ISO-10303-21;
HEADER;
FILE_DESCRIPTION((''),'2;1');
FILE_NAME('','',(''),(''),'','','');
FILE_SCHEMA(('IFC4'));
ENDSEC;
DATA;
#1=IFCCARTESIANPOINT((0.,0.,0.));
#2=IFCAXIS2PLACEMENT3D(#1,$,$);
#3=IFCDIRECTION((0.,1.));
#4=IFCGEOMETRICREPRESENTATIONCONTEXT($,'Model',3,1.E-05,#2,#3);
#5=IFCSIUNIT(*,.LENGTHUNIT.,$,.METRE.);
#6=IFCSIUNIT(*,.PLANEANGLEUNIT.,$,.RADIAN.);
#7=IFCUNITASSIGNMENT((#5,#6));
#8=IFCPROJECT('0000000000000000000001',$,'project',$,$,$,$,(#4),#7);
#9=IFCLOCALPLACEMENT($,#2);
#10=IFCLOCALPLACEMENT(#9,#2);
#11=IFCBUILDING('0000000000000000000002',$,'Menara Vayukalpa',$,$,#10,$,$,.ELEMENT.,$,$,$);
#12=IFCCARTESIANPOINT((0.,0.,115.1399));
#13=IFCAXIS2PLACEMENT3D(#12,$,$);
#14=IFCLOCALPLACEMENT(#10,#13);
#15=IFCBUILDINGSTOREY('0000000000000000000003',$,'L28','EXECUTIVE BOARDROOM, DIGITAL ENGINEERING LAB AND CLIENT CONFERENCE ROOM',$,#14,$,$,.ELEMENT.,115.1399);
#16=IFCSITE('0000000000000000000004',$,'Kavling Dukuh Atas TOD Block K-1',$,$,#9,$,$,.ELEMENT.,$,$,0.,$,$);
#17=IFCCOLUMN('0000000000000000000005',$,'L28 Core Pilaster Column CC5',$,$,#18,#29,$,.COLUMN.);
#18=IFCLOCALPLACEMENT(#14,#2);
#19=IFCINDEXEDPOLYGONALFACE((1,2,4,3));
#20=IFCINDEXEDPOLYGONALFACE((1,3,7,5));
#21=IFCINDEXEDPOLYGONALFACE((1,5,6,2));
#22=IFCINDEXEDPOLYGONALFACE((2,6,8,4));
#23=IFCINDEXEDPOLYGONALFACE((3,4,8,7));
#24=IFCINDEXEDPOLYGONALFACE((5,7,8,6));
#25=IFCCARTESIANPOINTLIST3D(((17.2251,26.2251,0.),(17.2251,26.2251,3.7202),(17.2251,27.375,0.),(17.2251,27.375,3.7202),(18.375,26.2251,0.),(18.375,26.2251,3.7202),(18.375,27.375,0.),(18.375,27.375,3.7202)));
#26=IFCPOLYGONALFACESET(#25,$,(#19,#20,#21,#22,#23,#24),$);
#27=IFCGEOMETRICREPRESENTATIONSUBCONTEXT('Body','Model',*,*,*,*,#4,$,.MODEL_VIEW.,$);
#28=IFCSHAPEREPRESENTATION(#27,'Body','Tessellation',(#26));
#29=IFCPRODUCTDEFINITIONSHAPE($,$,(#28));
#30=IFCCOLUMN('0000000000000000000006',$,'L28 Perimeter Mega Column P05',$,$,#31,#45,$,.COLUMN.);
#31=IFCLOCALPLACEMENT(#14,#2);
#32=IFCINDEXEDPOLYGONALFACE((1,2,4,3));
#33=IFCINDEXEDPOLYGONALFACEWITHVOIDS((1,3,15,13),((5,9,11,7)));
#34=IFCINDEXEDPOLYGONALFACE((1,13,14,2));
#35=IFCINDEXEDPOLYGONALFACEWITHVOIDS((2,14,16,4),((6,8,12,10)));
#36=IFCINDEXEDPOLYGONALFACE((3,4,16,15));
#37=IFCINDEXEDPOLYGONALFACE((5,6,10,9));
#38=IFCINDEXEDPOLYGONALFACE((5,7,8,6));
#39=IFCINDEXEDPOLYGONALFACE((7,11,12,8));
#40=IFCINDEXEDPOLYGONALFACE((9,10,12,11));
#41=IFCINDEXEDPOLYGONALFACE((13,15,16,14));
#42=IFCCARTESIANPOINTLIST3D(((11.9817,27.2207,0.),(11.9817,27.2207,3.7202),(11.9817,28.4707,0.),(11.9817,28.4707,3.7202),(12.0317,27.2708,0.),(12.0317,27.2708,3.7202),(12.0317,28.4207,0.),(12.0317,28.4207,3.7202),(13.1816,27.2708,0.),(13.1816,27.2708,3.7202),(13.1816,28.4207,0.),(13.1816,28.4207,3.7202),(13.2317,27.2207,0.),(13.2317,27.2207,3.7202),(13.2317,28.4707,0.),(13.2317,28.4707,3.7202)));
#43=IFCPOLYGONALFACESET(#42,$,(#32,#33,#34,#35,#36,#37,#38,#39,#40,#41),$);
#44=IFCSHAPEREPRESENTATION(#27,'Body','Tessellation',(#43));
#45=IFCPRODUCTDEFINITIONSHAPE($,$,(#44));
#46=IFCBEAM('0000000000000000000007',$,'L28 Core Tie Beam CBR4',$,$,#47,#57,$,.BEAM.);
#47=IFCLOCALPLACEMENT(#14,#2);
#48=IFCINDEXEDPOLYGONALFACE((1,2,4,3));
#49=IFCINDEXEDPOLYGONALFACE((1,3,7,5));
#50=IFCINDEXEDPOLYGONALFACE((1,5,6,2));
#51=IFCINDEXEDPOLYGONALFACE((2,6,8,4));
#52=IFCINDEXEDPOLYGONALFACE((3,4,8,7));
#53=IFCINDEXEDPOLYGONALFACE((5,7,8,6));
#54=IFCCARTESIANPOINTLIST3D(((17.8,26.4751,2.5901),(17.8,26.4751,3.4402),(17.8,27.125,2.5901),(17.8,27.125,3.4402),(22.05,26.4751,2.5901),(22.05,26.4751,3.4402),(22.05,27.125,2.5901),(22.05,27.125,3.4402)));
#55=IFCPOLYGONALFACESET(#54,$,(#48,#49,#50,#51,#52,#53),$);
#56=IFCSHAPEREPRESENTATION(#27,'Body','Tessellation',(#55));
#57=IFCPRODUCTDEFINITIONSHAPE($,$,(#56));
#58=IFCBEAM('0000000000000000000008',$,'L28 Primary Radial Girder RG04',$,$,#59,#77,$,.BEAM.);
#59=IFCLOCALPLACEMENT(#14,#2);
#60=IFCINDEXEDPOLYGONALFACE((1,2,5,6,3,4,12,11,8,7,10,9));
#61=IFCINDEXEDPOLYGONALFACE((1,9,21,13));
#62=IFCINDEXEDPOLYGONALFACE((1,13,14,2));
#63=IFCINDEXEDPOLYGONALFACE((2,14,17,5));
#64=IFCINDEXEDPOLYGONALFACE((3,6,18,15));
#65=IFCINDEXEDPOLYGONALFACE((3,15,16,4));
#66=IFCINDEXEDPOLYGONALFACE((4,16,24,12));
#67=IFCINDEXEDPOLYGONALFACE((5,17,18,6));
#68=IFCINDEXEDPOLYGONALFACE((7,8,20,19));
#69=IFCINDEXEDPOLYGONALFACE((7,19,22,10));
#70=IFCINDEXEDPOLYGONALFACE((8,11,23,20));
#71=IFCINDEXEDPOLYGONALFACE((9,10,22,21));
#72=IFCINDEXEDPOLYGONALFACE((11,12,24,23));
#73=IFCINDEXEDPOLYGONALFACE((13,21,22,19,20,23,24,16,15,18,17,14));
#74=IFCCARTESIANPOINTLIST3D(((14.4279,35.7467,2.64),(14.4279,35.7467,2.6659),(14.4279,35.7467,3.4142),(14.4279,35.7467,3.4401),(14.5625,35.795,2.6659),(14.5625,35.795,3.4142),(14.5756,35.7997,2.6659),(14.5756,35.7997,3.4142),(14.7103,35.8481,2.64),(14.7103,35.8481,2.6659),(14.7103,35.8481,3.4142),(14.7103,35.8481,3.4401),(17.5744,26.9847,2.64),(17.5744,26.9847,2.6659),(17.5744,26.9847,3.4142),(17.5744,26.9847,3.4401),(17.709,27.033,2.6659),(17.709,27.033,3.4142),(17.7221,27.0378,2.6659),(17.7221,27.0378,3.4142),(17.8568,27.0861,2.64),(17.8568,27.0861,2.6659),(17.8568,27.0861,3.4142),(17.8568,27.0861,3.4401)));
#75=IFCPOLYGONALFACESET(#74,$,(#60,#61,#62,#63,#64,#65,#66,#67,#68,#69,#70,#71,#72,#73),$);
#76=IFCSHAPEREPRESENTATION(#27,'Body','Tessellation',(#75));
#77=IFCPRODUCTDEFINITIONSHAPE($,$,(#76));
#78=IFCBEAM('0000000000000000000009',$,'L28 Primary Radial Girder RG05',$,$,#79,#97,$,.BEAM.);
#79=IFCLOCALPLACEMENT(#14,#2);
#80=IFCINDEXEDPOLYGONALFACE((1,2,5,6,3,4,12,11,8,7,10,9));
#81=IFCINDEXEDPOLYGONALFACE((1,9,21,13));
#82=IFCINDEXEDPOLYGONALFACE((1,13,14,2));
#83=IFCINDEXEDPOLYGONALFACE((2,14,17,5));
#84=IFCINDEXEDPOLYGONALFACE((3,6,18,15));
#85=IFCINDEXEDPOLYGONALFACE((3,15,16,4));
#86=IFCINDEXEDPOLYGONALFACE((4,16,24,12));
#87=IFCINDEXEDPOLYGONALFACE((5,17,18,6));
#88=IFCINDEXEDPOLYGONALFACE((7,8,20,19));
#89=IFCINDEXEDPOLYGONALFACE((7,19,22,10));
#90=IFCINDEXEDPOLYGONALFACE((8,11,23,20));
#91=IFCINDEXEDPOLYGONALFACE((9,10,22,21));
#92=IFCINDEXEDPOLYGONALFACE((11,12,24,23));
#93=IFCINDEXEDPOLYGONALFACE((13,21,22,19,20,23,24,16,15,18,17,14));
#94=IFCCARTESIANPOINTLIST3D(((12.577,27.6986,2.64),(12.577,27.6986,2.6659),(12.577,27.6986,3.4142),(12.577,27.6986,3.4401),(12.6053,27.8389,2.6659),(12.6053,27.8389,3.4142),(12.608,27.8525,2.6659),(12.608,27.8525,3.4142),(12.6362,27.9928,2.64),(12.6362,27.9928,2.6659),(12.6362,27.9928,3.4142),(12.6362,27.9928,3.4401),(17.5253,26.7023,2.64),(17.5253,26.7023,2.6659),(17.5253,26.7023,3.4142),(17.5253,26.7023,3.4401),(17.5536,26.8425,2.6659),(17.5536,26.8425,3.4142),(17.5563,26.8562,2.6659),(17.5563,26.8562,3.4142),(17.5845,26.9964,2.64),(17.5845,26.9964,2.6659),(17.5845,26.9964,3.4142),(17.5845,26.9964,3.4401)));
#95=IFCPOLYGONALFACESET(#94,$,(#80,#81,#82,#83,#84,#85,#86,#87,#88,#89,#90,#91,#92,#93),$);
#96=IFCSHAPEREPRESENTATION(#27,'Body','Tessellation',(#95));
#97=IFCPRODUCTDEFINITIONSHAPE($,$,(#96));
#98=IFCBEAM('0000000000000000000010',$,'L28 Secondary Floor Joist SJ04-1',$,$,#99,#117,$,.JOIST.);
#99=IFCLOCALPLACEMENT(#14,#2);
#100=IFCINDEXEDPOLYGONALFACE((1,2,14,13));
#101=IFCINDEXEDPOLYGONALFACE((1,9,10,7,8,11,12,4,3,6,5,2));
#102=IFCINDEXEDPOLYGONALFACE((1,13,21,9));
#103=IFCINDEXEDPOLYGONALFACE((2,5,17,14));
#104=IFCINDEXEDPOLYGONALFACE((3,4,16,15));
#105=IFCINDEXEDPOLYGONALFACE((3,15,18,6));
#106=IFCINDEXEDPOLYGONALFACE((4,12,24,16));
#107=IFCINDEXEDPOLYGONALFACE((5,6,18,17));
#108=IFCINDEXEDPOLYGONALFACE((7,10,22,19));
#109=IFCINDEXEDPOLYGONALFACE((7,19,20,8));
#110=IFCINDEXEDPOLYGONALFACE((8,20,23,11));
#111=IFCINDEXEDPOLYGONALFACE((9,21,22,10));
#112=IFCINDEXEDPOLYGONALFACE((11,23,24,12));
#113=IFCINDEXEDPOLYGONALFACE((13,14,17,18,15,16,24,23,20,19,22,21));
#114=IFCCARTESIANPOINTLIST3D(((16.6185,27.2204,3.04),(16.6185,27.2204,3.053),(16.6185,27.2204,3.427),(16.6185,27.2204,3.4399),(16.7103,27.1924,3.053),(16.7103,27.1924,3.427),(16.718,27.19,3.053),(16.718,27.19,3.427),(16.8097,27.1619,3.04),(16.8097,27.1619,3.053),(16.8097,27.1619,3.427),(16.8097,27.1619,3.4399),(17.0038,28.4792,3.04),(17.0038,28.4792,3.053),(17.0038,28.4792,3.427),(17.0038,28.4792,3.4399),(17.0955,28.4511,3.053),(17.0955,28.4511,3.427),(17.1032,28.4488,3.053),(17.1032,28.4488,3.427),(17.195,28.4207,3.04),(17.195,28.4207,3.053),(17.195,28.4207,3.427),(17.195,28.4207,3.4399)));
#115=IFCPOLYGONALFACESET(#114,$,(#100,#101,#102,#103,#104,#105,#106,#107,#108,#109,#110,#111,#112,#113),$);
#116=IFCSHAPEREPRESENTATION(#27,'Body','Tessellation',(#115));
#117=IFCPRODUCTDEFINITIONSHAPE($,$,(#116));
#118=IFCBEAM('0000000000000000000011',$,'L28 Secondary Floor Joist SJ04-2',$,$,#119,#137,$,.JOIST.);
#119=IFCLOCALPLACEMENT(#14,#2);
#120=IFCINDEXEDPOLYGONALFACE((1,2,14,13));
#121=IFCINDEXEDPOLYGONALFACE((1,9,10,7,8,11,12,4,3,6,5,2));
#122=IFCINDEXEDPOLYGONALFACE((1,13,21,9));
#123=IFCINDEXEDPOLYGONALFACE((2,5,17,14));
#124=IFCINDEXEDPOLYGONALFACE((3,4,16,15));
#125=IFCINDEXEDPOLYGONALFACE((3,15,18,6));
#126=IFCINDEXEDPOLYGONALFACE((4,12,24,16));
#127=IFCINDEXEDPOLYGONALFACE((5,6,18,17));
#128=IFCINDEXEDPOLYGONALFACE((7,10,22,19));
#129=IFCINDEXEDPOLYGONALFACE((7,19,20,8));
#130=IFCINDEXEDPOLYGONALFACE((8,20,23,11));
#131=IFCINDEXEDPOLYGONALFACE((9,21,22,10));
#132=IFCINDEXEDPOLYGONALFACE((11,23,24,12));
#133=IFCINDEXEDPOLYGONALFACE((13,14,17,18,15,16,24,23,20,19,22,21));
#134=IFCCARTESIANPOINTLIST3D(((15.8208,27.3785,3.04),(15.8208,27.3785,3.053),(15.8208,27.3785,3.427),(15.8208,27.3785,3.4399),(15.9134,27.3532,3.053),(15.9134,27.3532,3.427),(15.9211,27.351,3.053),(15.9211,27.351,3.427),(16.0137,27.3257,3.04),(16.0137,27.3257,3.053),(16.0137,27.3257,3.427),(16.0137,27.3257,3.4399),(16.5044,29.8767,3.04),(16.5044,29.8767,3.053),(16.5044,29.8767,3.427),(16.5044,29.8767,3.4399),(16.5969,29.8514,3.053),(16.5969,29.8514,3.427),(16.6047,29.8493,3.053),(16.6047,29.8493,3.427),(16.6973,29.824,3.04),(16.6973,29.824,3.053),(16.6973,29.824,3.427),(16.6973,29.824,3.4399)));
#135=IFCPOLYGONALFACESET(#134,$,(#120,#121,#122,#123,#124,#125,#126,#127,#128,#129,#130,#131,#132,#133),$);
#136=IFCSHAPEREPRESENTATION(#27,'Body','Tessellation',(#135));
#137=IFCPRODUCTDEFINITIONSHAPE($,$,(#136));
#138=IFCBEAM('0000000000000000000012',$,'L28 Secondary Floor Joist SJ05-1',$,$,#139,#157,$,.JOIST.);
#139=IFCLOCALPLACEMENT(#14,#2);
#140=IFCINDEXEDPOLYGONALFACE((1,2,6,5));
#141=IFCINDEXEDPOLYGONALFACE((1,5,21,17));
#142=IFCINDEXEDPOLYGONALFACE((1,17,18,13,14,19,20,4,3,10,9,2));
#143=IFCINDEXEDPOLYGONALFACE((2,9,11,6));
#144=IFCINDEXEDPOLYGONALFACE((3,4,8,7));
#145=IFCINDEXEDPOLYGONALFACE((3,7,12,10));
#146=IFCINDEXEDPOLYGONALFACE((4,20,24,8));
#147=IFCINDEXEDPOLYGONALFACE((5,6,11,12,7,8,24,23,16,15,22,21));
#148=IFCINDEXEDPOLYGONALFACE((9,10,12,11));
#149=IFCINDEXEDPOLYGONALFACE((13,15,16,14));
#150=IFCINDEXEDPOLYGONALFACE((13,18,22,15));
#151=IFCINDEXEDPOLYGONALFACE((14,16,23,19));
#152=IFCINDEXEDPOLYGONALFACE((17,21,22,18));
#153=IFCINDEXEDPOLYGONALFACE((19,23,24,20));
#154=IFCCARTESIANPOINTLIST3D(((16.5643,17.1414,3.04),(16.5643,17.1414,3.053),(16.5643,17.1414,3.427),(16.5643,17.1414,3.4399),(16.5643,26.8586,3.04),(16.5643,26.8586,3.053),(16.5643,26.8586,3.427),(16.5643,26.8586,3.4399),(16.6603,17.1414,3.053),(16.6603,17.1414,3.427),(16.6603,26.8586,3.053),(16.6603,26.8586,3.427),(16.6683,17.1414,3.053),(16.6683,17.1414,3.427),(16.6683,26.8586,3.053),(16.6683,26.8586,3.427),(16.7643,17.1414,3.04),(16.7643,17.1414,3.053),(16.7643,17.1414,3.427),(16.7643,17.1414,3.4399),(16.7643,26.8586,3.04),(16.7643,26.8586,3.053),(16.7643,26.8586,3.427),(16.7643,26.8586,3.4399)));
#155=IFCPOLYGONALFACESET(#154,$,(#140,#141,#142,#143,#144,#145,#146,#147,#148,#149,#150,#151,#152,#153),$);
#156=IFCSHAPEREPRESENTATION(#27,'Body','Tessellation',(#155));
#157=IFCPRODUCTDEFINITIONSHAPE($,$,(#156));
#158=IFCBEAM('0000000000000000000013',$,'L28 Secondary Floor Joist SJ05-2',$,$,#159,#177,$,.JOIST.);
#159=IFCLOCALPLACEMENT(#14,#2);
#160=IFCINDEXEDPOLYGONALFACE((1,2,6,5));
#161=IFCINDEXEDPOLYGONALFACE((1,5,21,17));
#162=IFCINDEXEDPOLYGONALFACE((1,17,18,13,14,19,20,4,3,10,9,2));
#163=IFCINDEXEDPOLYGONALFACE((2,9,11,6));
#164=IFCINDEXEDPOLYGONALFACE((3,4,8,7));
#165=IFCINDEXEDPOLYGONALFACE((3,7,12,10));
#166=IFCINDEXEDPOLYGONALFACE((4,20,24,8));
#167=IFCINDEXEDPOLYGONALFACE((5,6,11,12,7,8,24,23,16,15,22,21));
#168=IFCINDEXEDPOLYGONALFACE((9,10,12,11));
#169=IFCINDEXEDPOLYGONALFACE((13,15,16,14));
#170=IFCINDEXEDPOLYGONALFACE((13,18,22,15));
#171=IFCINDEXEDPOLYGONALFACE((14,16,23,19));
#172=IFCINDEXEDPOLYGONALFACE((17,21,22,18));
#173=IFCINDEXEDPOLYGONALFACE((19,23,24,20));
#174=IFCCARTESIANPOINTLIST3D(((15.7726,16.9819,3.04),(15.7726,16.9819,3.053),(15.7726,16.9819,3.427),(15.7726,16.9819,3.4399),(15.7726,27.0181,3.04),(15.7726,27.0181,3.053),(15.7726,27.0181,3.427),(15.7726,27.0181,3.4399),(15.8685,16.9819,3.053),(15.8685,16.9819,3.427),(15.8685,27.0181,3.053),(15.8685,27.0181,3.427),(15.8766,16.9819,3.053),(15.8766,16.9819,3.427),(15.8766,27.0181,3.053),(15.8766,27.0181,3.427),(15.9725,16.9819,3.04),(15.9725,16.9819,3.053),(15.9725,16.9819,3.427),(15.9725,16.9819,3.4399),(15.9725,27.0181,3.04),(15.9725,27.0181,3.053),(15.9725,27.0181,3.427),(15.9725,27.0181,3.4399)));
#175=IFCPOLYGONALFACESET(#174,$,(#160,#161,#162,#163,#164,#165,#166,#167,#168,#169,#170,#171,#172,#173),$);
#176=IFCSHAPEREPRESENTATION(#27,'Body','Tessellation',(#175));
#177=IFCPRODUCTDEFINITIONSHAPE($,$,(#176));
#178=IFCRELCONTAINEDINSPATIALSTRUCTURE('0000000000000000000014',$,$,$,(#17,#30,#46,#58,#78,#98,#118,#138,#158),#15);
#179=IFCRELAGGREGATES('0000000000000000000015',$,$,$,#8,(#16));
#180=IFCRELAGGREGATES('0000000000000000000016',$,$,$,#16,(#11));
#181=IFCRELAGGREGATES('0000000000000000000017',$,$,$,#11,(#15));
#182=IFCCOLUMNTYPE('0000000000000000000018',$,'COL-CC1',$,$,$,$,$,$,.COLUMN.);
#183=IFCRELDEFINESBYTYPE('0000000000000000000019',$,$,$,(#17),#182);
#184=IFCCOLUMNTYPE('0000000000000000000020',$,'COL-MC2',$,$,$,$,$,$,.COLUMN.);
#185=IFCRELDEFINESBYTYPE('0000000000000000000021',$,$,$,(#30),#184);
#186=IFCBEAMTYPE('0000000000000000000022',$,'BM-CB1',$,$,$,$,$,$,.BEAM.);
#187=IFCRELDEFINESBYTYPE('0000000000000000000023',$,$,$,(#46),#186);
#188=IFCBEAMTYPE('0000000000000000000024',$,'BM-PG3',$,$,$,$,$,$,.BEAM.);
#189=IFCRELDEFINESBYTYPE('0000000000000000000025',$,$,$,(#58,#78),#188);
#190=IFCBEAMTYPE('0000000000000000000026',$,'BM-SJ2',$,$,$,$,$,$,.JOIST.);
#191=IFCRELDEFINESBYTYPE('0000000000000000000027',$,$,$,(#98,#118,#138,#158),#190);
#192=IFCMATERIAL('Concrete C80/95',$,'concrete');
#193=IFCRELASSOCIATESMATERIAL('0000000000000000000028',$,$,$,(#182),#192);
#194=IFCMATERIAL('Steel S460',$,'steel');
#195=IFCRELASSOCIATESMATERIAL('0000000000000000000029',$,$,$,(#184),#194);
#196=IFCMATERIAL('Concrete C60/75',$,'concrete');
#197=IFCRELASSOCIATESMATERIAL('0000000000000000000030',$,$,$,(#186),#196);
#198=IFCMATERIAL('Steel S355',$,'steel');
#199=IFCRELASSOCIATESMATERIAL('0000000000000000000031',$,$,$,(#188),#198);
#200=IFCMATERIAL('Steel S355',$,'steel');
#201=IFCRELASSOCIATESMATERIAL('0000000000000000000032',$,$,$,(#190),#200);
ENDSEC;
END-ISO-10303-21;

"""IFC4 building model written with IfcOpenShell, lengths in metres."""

from ifc_helpers import new_model, si_unit, direction, frame, origin, origin_2d, place, context, subcontext, project, spatial, rectangle, hollow_rectangle, i_section, extrude, material, material_profile, profile_set, type_object, element, save


model = new_model("IFC4")

# Units and contexts
model_context = context("Model", 3, precision=1e-05, world=origin(), true_north=direction((0.0, 1.0)))
body_context = subcontext(model_context, "Body", "Model", "MODEL_VIEW")
ifc_project = project(units=[si_unit("LENGTHUNIT", "METRE"), si_unit("PLANEANGLEUNIT", "RADIAN")], contexts=[model_context])

# Site, building, storey
site_placement = place(None, origin())
site = spatial("IfcSite", under=ifc_project, at=site_placement, Name="Kavling Dukuh Atas TOD Block K-1", CompositionType="ELEMENT", RefElevation=0.0)
building_placement = place(site_placement, origin())
building = spatial("IfcBuilding", under=site, at=building_placement, Name="Menara Vayukalpa", CompositionType="ELEMENT")
storey_placement = place(building_placement, frame((0.0, 0.0, 115.1399)))
storey = spatial("IfcBuildingStorey", under=building, at=storey_placement, Name="L28", Description="EXECUTIVE BOARDROOM, DIGITAL ENGINEERING LAB AND CLIENT CONFERENCE ROOM", CompositionType="ELEMENT", Elevation=115.1399)

# Columns
ifc_material_1 = material(Name="Concrete C80/95", Category="concrete")
ifc_material_profile_1 = material_profile(ifc_material_1, rectangle(XDim=1.1499, YDim=1.1499, at=origin_2d()), Name="RC 1150x1150")
ifc_profile_set_1 = profile_set([ifc_material_profile_1], Name="Concrete C80/95")
column_type_1 = type_object("IfcColumnType", Name="COL-CC1", PredefinedType="COLUMN", material=ifc_profile_set_1)
column_1_placement = place(storey_placement, frame((17.8, 26.8, 0.0), z_axis=(0.0, 0.0, 1.0), x_axis=(1.0, 0.0, 0.0)))
element("IfcColumn", 1, at=column_1_placement, inside=storey, type_object=column_type_1, Name="L28 Core Pilaster Column CC5", PredefinedType="COLUMN", context=body_context, shape_type="SweptSolid", body=[
    extrude(rectangle(XDim=1.1499, YDim=1.1499, at=origin_2d()), origin(), (0.0, 0.0, 1.0), 3.7202),
])
ifc_material_2 = material(Name="Steel S460", Category="steel")
ifc_material_profile_2 = material_profile(ifc_material_2, hollow_rectangle(XDim=1.25, YDim=1.25, WallThickness=0.05, at=origin_2d()), Name="BOX 1250x1250x50")
ifc_profile_set_2 = profile_set([ifc_material_profile_2], Name="Steel S460")
column_type_2 = type_object("IfcColumnType", Name="COL-MC2", PredefinedType="COLUMN", material=ifc_profile_set_2)
column_2_placement = place(storey_placement, frame((12.6067, 27.8457, 0.0), z_axis=(0.0, 0.0, 1.0), x_axis=(1.0, 0.0, 0.0)))
element("IfcColumn", 2, at=column_2_placement, inside=storey, type_object=column_type_2, Name="L28 Perimeter Mega Column P05", PredefinedType="COLUMN", context=body_context, shape_type="SweptSolid", body=[
    extrude(hollow_rectangle(XDim=1.25, YDim=1.25, WallThickness=0.05, at=origin_2d()), origin(), (0.0, 0.0, 1.0), 3.7202),
])

# Beams
ifc_material_3 = material(Name="Concrete C60/75", Category="concrete")
ifc_material_profile_3 = material_profile(ifc_material_3, rectangle(XDim=0.6499, YDim=0.8501, at=origin_2d()), Name="RC 650x850")
ifc_profile_set_3 = profile_set([ifc_material_profile_3], Name="Concrete C60/75")
beam_type_1 = type_object("IfcBeamType", Name="BM-CB1", PredefinedType="BEAM", material=ifc_profile_set_3)
beam_1_placement = place(storey_placement, frame((17.8, 26.8, 3.0151), z_axis=(1.0, 0.0, 0.0), x_axis=(0.0, 1.0, 0.0)))
element("IfcBeam", 3, at=beam_1_placement, inside=storey, type_object=beam_type_1, Name="L28 Core Tie Beam CBR4", PredefinedType="BEAM", context=body_context, shape_type="SweptSolid", body=[
    extrude(rectangle(XDim=0.6499, YDim=0.8501, at=origin_2d()), origin(), (0.0, 0.0, 1.0), 4.25),
])
ifc_material_4 = material(Name="Steel S355", Category="steel")
ifc_material_profile_4 = material_profile(ifc_material_4, i_section(OverallWidth=0.3, OverallDepth=0.8, WebThickness=0.0139, FlangeThickness=0.0259, at=origin_2d()), Name="WF 800x300x14x26")
ifc_profile_set_4 = profile_set([ifc_material_profile_4], Name="Steel S355")
beam_type_2 = type_object("IfcBeamType", Name="BM-PG3", PredefinedType="BEAM", material=ifc_profile_set_4)
beam_2_placement = place(storey_placement, frame((17.7156, 27.0354, 3.04), z_axis=(-0.337976, 0.941155, 0.0), x_axis=(-0.941155, -0.337976, 0.0)))
element("IfcBeam", 4, at=beam_2_placement, inside=storey, type_object=beam_type_2, Name="L28 Primary Radial Girder RG04", PredefinedType="BEAM", context=body_context, shape_type="SweptSolid", body=[
    extrude(i_section(OverallWidth=0.3, OverallDepth=0.8, WebThickness=0.0139, FlangeThickness=0.0259, at=origin_2d()), origin(), (0.0, 0.0, 1.0), 9.3098),
])
beam_3_placement = place(storey_placement, frame((17.5549, 26.8494, 3.04), z_axis=(-0.980325, 0.19739, 0.0), x_axis=(-0.19739, -0.980325, 0.0)))
element("IfcBeam", 5, at=beam_3_placement, inside=storey, type_object=beam_type_2, Name="L28 Primary Radial Girder RG05", PredefinedType="BEAM", context=body_context, shape_type="SweptSolid", body=[
    extrude(i_section(OverallWidth=0.3, OverallDepth=0.8, WebThickness=0.0139, FlangeThickness=0.0259, at=origin_2d()), origin(), (0.0, 0.0, 1.0), 5.0476),
])
ifc_material_5 = material(Name="Steel S355", Category="steel")
ifc_material_profile_5 = material_profile(ifc_material_5, i_section(OverallWidth=0.2, OverallDepth=0.3999, WebThickness=0.0081, FlangeThickness=0.0129, at=origin_2d()), Name="WF 400x200x8x13")
ifc_profile_set_5 = profile_set([ifc_material_profile_5], Name="Steel S355")
beam_type_3 = type_object("IfcBeamType", Name="BM-SJ2", PredefinedType="JOIST", material=ifc_profile_set_5)
beam_4_placement = place(storey_placement, frame((17.0994, 28.45, 3.24), z_axis=(-0.292652, -0.956219, 0.0), x_axis=(0.956219, -0.292652, 0.0)))
element("IfcBeam", 6, at=beam_4_placement, inside=storey, type_object=beam_type_3, Name="L28 Secondary Floor Joist SJ04-1", PredefinedType="JOIST", context=body_context, shape_type="SweptSolid", body=[
    extrude(i_section(OverallWidth=0.2, OverallDepth=0.3999, WebThickness=0.0081, FlangeThickness=0.0129, at=origin_2d()), origin(), (0.0, 0.0, 1.0), 1.3164),
])
beam_5_placement = place(storey_placement, frame((16.6008, 29.8503, 3.24), z_axis=(-0.263923, -0.964544, 0.0), x_axis=(0.964544, -0.263923, 0.0)))
element("IfcBeam", 7, at=beam_5_placement, inside=storey, type_object=beam_type_3, Name="L28 Secondary Floor Joist SJ04-2", PredefinedType="JOIST", context=body_context, shape_type="SweptSolid", body=[
    extrude(i_section(OverallWidth=0.2, OverallDepth=0.3999, WebThickness=0.0081, FlangeThickness=0.0129, at=origin_2d()), origin(), (0.0, 0.0, 1.0), 2.5901),
])
beam_6_placement = place(storey_placement, frame((16.6643, 26.8586, 3.24), z_axis=(0.0, -1.0, 0.0), x_axis=(1.0, 0.0, 0.0)))
element("IfcBeam", 8, at=beam_6_placement, inside=storey, type_object=beam_type_3, Name="L28 Secondary Floor Joist SJ05-1", PredefinedType="JOIST", context=body_context, shape_type="SweptSolid", body=[
    extrude(i_section(OverallWidth=0.2, OverallDepth=0.3999, WebThickness=0.0081, FlangeThickness=0.0129, at=origin_2d()), origin(), (0.0, 0.0, 1.0), 9.7173),
])
beam_7_placement = place(storey_placement, frame((15.8726, 27.0181, 3.24), z_axis=(0.0, -1.0, 0.0), x_axis=(1.0, 0.0, 0.0)))
element("IfcBeam", 9, at=beam_7_placement, inside=storey, type_object=beam_type_3, Name="L28 Secondary Floor Joist SJ05-2", PredefinedType="JOIST", context=body_context, shape_type="SweptSolid", body=[
    extrude(i_section(OverallWidth=0.2, OverallDepth=0.3999, WebThickness=0.0081, FlangeThickness=0.0129, at=origin_2d()), origin(), (0.0, 0.0, 1.0), 10.0361),
])

save(model, "model.ifc")
